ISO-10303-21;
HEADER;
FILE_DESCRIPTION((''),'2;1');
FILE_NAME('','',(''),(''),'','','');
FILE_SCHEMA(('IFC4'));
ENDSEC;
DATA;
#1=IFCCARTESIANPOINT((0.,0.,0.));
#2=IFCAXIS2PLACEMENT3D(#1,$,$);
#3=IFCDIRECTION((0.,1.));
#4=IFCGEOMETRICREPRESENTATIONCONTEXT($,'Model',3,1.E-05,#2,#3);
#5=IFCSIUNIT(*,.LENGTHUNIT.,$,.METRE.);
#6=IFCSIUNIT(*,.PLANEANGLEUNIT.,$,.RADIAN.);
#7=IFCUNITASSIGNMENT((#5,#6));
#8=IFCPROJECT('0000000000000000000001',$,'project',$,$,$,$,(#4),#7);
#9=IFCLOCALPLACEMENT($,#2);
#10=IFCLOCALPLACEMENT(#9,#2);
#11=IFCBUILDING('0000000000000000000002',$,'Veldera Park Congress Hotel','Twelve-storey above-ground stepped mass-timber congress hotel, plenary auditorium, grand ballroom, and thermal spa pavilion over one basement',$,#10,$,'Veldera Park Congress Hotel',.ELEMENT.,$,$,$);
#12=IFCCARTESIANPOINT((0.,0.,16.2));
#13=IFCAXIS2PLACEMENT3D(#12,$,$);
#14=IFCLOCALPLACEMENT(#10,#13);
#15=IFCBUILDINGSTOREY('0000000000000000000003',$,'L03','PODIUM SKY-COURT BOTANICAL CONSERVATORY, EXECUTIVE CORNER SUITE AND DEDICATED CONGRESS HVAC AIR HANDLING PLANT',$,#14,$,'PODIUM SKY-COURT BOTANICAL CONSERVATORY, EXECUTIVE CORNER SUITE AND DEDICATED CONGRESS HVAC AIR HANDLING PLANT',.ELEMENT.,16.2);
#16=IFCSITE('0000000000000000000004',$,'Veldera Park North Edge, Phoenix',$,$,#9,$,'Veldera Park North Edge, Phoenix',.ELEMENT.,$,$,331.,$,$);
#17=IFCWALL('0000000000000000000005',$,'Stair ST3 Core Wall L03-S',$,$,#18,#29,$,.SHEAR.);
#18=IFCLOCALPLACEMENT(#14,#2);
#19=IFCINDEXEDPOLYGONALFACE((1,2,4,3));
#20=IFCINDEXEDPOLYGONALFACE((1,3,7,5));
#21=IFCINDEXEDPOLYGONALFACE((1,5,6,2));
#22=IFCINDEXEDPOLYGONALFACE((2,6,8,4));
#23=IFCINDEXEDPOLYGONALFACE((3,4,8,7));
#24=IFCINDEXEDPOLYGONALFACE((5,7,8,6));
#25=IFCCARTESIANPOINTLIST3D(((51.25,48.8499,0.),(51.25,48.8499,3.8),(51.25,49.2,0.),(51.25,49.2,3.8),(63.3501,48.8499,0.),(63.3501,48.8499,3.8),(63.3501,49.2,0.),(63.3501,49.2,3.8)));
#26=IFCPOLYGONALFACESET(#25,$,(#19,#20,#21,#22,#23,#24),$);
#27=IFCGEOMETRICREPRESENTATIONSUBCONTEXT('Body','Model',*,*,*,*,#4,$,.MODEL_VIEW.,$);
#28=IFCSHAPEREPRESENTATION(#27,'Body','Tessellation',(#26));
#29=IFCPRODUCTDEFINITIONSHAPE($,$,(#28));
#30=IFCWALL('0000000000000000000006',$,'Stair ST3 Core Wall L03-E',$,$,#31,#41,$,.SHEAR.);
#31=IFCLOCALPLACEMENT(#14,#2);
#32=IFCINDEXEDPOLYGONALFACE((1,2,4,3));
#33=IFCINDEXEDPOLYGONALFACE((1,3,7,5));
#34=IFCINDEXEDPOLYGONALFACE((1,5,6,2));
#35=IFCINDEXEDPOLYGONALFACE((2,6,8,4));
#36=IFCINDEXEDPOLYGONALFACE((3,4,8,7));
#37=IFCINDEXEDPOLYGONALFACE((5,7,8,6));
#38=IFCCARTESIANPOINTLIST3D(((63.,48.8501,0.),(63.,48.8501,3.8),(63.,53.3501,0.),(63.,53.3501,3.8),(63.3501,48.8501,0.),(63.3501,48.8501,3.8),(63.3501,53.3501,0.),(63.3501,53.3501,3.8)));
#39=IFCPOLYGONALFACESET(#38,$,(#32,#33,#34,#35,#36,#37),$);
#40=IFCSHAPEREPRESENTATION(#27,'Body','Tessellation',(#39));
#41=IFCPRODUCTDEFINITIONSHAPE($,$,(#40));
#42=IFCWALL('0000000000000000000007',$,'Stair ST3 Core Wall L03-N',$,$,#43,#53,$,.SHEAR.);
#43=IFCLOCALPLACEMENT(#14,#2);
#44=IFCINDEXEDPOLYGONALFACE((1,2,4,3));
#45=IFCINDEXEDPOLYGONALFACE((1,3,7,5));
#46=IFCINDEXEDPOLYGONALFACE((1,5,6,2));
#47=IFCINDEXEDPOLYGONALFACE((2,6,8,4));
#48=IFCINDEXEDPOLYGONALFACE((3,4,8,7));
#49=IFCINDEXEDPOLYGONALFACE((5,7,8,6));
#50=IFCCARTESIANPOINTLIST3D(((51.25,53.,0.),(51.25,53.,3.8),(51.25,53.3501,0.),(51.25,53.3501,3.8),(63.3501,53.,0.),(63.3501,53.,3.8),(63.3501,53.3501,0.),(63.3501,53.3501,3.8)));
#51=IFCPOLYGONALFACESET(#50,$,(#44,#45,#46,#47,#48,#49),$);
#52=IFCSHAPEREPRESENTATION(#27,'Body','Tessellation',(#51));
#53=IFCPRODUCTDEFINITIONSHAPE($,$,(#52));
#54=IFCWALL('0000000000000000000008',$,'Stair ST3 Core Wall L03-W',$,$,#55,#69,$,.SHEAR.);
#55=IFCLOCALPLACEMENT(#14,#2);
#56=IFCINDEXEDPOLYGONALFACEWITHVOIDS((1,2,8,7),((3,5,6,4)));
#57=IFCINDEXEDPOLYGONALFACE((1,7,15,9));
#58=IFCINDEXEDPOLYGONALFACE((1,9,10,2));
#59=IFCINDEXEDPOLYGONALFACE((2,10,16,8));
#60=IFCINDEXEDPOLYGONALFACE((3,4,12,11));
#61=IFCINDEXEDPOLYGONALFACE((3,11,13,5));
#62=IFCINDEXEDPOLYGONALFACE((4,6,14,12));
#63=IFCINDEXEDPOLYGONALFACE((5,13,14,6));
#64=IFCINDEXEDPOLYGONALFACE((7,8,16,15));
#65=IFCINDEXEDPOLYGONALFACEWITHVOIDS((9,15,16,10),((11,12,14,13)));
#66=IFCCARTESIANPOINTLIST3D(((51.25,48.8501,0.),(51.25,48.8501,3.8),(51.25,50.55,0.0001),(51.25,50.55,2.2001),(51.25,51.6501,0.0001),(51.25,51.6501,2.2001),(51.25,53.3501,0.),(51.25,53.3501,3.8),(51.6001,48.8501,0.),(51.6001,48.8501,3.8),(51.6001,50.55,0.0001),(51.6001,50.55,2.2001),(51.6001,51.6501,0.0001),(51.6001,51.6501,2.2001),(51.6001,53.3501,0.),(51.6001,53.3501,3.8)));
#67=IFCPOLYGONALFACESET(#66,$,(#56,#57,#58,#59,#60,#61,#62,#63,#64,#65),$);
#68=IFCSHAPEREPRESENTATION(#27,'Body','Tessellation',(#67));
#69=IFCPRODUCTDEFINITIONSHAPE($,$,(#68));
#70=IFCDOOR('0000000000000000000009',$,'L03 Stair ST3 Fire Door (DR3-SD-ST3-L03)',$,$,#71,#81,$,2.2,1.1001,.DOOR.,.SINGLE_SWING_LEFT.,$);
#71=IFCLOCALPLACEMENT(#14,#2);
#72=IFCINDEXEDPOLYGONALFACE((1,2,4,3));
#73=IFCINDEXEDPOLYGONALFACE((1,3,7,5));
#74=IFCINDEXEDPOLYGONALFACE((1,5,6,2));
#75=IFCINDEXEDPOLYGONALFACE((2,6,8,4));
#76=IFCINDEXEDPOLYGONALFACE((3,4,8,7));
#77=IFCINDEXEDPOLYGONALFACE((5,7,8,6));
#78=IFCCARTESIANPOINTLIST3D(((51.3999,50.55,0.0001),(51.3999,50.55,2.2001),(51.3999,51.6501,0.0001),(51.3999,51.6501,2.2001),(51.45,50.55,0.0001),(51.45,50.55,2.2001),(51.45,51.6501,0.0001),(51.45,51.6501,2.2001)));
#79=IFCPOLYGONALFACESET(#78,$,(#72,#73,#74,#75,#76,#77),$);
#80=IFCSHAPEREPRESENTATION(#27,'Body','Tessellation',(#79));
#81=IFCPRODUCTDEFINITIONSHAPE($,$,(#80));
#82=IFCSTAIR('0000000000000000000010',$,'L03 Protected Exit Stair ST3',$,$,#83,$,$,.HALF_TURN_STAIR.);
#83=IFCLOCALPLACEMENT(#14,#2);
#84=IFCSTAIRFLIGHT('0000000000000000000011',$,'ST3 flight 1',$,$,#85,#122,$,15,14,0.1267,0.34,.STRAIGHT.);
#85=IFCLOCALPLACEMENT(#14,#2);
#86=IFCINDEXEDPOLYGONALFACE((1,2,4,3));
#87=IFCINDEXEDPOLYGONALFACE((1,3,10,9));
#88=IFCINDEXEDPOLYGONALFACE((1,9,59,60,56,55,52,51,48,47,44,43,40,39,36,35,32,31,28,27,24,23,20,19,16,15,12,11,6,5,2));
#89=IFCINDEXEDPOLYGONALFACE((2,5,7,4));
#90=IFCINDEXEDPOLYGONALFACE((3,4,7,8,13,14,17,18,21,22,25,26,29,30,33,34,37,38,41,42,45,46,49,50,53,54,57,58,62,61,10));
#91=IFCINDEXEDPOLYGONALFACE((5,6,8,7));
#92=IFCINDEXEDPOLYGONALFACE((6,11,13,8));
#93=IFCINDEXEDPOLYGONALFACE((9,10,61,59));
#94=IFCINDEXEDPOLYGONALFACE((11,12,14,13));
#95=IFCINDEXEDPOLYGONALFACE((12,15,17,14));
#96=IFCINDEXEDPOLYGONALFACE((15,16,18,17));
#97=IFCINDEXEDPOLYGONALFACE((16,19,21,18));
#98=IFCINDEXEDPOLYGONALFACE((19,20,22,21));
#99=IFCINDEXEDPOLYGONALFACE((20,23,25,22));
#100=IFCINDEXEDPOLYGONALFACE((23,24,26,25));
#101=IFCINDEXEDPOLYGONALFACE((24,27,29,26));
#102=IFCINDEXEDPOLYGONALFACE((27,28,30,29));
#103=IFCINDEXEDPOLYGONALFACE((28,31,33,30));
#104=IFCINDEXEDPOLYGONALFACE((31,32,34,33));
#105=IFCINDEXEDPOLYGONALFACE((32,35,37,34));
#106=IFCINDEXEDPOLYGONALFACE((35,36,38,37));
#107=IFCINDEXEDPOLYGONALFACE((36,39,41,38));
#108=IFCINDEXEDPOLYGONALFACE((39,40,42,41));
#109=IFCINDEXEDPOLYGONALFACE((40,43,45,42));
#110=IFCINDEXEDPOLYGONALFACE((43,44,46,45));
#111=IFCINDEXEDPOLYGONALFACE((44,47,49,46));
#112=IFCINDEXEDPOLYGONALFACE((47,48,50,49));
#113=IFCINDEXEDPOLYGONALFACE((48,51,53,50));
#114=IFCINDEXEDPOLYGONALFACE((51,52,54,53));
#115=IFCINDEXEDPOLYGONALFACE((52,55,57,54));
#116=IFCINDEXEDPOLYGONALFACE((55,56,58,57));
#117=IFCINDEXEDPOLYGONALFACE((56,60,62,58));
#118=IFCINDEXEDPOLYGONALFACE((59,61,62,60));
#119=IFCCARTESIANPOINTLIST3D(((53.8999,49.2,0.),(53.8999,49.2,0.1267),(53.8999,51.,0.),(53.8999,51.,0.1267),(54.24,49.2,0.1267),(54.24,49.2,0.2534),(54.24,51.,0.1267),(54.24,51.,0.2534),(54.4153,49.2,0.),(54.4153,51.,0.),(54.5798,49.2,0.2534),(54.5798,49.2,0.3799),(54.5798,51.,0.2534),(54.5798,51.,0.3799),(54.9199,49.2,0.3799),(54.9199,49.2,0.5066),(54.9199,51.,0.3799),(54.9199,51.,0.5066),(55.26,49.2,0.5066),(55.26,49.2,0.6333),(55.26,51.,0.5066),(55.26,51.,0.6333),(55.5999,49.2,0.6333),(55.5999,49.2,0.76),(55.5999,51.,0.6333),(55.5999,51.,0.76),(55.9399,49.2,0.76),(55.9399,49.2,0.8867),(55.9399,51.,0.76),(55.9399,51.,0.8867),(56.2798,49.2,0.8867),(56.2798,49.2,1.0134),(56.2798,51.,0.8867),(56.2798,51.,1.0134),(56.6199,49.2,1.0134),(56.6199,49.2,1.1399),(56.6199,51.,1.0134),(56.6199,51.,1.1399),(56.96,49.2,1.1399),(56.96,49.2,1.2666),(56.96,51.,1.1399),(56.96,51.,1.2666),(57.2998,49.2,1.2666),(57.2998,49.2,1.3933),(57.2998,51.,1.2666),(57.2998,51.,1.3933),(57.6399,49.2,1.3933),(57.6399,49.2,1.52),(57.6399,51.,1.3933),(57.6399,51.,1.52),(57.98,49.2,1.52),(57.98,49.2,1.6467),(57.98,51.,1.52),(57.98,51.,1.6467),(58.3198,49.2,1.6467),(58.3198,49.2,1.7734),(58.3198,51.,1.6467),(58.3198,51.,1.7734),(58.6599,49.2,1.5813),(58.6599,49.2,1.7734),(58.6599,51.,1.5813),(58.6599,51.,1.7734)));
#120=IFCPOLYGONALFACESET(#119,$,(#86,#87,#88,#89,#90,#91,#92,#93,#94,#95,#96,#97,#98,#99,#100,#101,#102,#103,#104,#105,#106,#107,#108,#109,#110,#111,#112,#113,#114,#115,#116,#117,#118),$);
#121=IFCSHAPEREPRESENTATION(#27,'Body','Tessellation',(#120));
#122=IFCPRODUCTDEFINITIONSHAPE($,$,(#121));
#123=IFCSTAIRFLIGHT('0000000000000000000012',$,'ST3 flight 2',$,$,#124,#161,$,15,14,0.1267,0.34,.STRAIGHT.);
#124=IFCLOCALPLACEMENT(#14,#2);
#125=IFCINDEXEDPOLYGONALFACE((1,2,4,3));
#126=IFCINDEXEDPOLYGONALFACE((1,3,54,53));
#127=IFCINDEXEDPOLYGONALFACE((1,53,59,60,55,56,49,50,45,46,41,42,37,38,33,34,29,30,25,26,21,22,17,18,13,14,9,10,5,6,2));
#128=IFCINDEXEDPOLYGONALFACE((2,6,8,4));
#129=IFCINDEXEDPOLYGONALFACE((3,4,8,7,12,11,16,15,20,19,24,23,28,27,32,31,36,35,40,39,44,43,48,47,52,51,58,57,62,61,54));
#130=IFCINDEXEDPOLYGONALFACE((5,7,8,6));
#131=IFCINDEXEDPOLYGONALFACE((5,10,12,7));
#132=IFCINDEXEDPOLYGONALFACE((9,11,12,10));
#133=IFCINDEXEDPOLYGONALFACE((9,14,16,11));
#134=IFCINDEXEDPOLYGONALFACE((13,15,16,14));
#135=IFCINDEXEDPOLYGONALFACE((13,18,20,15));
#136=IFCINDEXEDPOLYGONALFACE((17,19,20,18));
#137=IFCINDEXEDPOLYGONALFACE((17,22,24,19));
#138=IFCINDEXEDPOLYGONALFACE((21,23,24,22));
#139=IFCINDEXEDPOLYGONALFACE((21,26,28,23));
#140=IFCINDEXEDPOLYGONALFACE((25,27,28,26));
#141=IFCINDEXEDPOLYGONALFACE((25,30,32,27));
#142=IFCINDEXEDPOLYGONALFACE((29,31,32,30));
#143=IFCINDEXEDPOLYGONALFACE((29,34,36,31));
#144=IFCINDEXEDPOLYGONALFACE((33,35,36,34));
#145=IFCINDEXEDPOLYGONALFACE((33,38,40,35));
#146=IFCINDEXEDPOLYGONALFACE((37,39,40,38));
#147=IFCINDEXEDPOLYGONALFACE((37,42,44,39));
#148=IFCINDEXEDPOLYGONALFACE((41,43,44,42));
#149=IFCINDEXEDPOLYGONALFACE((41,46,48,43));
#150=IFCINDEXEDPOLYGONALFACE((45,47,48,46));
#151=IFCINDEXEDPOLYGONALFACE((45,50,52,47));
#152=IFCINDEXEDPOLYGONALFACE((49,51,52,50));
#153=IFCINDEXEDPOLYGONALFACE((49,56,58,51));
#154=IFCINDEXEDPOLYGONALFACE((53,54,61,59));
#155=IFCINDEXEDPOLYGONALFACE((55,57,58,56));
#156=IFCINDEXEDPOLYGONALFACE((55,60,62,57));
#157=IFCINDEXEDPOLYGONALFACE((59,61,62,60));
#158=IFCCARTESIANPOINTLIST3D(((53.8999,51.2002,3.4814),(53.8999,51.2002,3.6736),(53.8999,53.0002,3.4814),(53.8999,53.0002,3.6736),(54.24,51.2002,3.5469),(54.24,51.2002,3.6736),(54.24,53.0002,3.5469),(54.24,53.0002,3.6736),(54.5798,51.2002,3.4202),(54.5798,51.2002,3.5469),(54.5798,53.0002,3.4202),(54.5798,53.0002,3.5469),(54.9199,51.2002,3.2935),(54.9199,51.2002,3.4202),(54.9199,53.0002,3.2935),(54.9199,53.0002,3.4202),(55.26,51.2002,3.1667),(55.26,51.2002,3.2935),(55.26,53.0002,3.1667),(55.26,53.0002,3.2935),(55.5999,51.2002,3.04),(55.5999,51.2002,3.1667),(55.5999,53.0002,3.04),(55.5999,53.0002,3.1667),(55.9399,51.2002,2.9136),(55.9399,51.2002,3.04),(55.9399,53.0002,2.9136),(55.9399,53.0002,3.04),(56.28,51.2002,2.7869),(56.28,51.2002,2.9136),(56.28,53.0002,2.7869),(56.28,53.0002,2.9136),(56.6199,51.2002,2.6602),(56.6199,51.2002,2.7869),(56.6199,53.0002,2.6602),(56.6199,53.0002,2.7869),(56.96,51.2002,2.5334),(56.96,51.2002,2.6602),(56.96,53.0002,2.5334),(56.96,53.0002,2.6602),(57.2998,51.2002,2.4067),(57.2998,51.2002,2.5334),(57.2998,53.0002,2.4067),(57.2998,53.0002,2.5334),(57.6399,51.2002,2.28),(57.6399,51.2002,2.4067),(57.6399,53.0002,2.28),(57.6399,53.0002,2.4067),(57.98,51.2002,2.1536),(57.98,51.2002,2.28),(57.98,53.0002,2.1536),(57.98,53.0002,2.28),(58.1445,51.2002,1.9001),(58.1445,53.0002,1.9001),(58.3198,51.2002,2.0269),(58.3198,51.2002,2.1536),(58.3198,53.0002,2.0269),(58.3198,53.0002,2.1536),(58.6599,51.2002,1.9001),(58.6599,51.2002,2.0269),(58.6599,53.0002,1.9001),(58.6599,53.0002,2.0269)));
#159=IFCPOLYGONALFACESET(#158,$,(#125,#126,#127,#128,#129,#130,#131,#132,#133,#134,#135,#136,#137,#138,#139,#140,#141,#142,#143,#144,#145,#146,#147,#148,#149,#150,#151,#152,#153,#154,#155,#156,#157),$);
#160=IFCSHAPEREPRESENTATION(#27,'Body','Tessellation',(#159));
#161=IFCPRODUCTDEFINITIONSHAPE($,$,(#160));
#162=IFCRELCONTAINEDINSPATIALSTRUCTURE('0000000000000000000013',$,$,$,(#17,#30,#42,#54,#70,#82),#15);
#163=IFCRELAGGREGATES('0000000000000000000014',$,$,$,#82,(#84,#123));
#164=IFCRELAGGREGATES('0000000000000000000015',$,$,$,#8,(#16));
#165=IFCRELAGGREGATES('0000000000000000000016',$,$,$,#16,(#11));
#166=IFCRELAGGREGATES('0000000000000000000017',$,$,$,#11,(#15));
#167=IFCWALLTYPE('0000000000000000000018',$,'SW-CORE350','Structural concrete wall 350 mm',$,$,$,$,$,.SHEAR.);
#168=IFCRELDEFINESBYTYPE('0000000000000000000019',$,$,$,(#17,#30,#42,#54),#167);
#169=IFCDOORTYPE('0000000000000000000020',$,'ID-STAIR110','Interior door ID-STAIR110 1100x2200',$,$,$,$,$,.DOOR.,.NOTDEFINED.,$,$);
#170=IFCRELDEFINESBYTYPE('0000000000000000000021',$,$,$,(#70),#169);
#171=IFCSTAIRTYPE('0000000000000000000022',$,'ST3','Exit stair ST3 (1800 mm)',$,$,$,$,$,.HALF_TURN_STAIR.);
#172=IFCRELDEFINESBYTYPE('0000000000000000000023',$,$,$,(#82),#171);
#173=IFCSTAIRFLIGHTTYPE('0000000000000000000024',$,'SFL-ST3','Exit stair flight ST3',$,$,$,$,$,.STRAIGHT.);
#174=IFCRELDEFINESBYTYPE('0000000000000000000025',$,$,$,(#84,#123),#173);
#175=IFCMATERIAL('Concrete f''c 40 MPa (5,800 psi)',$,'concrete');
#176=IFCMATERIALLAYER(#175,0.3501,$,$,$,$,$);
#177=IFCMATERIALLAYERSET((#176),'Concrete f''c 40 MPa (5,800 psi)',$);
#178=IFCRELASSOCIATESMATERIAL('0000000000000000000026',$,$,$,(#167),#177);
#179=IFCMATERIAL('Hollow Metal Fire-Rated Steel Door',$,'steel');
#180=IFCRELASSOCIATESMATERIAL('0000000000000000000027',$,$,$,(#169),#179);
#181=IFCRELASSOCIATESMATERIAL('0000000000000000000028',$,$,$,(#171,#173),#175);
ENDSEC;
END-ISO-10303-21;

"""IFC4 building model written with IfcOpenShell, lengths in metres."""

from ifc_helpers import new_model, si_unit, direction, frame, frame_2d, origin, place, context, subcontext, project, spatial, polyline, rectangle, outline, extrude, material, layer, layer_set, type_object, element, fill, aggregate, save


model = new_model("IFC4")

# Units and contexts
model_context = context("Model", 3, precision=1e-05, world=origin(), true_north=direction((0.0, 1.0)))
body_context = subcontext(model_context, "Body", "Model", "MODEL_VIEW")
ifc_project = project(units=[si_unit("LENGTHUNIT", "METRE"), si_unit("PLANEANGLEUNIT", "RADIAN")], contexts=[model_context])

# Site, building, storey
site_placement = place(None, origin())
site = spatial("IfcSite", under=ifc_project, at=site_placement, Name="Veldera Park North Edge, Phoenix", LongName="Veldera Park North Edge, Phoenix", CompositionType="ELEMENT", RefElevation=331.0)
building_placement = place(site_placement, origin())
building = spatial("IfcBuilding", under=site, at=building_placement, Name="Veldera Park Congress Hotel", Description="Twelve-storey above-ground stepped mass-timber congress hotel, plenary auditorium, grand ballroom, and thermal spa pavilion over one basement", LongName="Veldera Park Congress Hotel", CompositionType="ELEMENT")
storey_placement = place(building_placement, frame((0.0, 0.0, 16.2)))
storey = spatial("IfcBuildingStorey", under=building, at=storey_placement, Name="L03", Description="PODIUM SKY-COURT BOTANICAL CONSERVATORY, EXECUTIVE CORNER SUITE AND DEDICATED CONGRESS HVAC AIR HANDLING PLANT", LongName="PODIUM SKY-COURT BOTANICAL CONSERVATORY, EXECUTIVE CORNER SUITE AND DEDICATED CONGRESS HVAC AIR HANDLING PLANT", CompositionType="ELEMENT", Elevation=16.2)

# Walls
ifc_material_1 = material(Name="Concrete f'c 40 MPa (5,800 psi)", Category="concrete")
ifc_layer_1 = layer(ifc_material_1, 0.3501)
ifc_layer_set_1 = layer_set([ifc_layer_1], Name="Concrete f'c 40 MPa (5,800 psi)")
wall_type_1 = type_object("IfcWallType", Name="SW-CORE350", Description="Structural concrete wall 350 mm", PredefinedType="SHEAR", material=ifc_layer_set_1)
wall_1_placement = place(storey_placement, frame((51.25, 49.0249, 0.0), z_axis=(0.0, 0.0, 1.0), x_axis=(1.0, 0.0, 0.0)))
element("IfcWall", 1, at=wall_1_placement, inside=storey, type_object=wall_type_1, Name="Stair ST3 Core Wall L03-S", PredefinedType="SHEAR", context=body_context, shape_type="SweptSolid", body=[
    extrude(rectangle(XDim=12.1001, YDim=0.3501, at=frame_2d((6.05, 0.0))), origin(), (0.0, 0.0, 1.0), 3.8),
])
wall_2_placement = place(storey_placement, frame((63.175, 48.8501, 0.0), z_axis=(0.0, 0.0, 1.0), x_axis=(0.0, 1.0, 0.0)))
element("IfcWall", 2, at=wall_2_placement, inside=storey, type_object=wall_type_1, Name="Stair ST3 Core Wall L03-E", PredefinedType="SHEAR", context=body_context, shape_type="SweptSolid", body=[
    extrude(rectangle(XDim=4.5, YDim=0.3501, at=frame_2d((2.25, 0.0))), origin(), (0.0, 0.0, 1.0), 3.8),
])
wall_3_placement = place(storey_placement, frame((63.3501, 53.175, 0.0), z_axis=(0.0, 0.0, 1.0), x_axis=(-1.0, 0.0, 0.0)))
element("IfcWall", 3, at=wall_3_placement, inside=storey, type_object=wall_type_1, Name="Stair ST3 Core Wall L03-N", PredefinedType="SHEAR", context=body_context, shape_type="SweptSolid", body=[
    extrude(rectangle(XDim=12.1001, YDim=0.3501, at=frame_2d((6.05, 0.0))), origin(), (0.0, 0.0, 1.0), 3.8),
])

# Wall, opening, door
wall_4_placement = place(storey_placement, frame((51.425, 53.3501, 0.0), z_axis=(0.0, 0.0, 1.0), x_axis=(0.0, -1.0, 0.0)))
wall_4 = element("IfcWall", 4, at=wall_4_placement, inside=storey, type_object=wall_type_1, Name="Stair ST3 Core Wall L03-W", PredefinedType="SHEAR", context=body_context, shape_type="SweptSolid", body=[
    extrude(rectangle(XDim=4.5, YDim=0.3501, at=frame_2d((2.25, 0.0))), origin(), (0.0, 0.0, 1.0), 3.8),
])
opening_1_placement = place(wall_4_placement, frame((1.7, 0.0, 0.0)))
opening_1 = element("IfcOpeningElement", 5, at=opening_1_placement, cuts=wall_4, PredefinedType="OPENING", context=body_context, shape_type="SweptSolid", body=[
    extrude(rectangle(XDim=1.1001, YDim=2.2, at=frame_2d((0.55, 1.1001))), frame((0.0, 0.187, 0.0), z_axis=(0.0, -1.0, 0.0), x_axis=(1.0, 0.0, 0.0)), (0.0, 0.0, 1.0), 0.374),
])
ifc_material_2 = material(Name="Hollow Metal Fire-Rated Steel Door", Category="steel")
door_type = type_object("IfcDoorType", Name="ID-STAIR110", Description="Interior door ID-STAIR110 1100x2200", OperationType="NOTDEFINED", PredefinedType="DOOR", material=ifc_material_2)
door_placement = place(opening_1_placement, origin())
door = element("IfcDoor", 6, at=door_placement, inside=storey, type_object=door_type, Name="L03 Stair ST3 Fire Door (DR3-SD-ST3-L03)", OperationType="SINGLE_SWING_LEFT", OverallHeight=2.2, OverallWidth=1.1001, PredefinedType="DOOR", context=body_context, shape_type="SweptSolid", body=[
    extrude(rectangle(XDim=1.1001, YDim=2.2, at=frame_2d((0.55, 1.1001))), frame((0.0, 0.0249, 0.0), z_axis=(0.0, -1.0, 0.0), x_axis=(1.0, 0.0, 0.0)), (0.0, 0.0, 1.0), 0.05),
])
fill(opening_1, door)

# Stair, stair flights
stair_type = type_object("IfcStairType", Name="ST3", Description="Exit stair ST3 (1800 mm)", PredefinedType="HALF_TURN_STAIR", material=ifc_material_1)
stair_placement = place(storey_placement, origin())
stair = element("IfcStair", 7, at=stair_placement, inside=storey, type_object=stair_type, Name="L03 Protected Exit Stair ST3", PredefinedType="HALF_TURN_STAIR")
stair_flight_type = type_object("IfcStairFlightType", Name="SFL-ST3", Description="Exit stair flight ST3", PredefinedType="STRAIGHT", material=ifc_material_1)
stair_flight_1_placement = place(storey_placement, frame((53.8999, 50.1001, 0.0), z_axis=(0.0, 0.0, 1.0), x_axis=(1.0, 0.0, 0.0)))
stair_flight_1 = element("IfcStairFlight", 8, at=stair_flight_1_placement, type_object=stair_flight_type, Name="ST3 flight 1", NumberOfRisers=15, NumberOfTreads=14, PredefinedType="STRAIGHT", RiserHeight=0.1267, TreadLength=0.34, context=body_context, shape_type="SweptSolid", body=[
    extrude(outline(polyline([(0.0, 0.0), (0.0, 0.1267), (0.3401, 0.1267), (0.3401, 0.2534), (0.6799, 0.2534), (0.6799, 0.3799), (1.02, 0.3799), (1.02, 0.5066), (1.3601, 0.5066), (1.3601, 0.6333), (1.7, 0.6333), (1.7, 0.76), (2.04, 0.76), (2.04, 0.8867), (2.3799, 0.8867), (2.3799, 1.0134), (2.72, 1.0134), (2.72, 1.1399), (3.0601, 1.1399), (3.0601, 1.2666), (3.3999, 1.2666), (3.3999, 1.3933), (3.74, 1.3933), (3.74, 1.52), (4.0801, 1.52), (4.0801, 1.6467), (4.4199, 1.6467), (4.4199, 1.7734), (4.76, 1.7734), (4.76, 1.8999), (4.76, 1.8999), (4.76, 1.5813), (0.5154, 0.0), (0.0, 0.0)])), frame((0.0, 0.8999, 0.0), z_axis=(0.0, -1.0, 0.0), x_axis=(1.0, 0.0, 0.0)), (0.0, 0.0, 1.0), 1.8),
])
stair_flight_2_placement = place(storey_placement, frame((58.6599, 52.1001, 1.9001), z_axis=(0.0, 0.0, 1.0), x_axis=(-1.0, 0.0, 0.0)))
stair_flight_2 = element("IfcStairFlight", 9, at=stair_flight_2_placement, type_object=stair_flight_type, Name="ST3 flight 2", NumberOfRisers=15, NumberOfTreads=14, PredefinedType="STRAIGHT", RiserHeight=0.1267, TreadLength=0.34, context=body_context, shape_type="SweptSolid", body=[
    extrude(outline(polyline([(0.0, 0.0), (0.0, 0.1267), (0.3401, 0.1267), (0.3401, 0.2534), (0.6799, 0.2534), (0.6799, 0.3799), (1.02, 0.3799), (1.02, 0.5066), (1.3601, 0.5066), (1.3601, 0.6333), (1.7, 0.6333), (1.7, 0.76), (2.04, 0.76), (2.04, 0.8867), (2.3799, 0.8867), (2.3799, 1.0134), (2.72, 1.0134), (2.72, 1.1399), (3.0601, 1.1399), (3.0601, 1.2666), (3.3999, 1.2666), (3.3999, 1.3933), (3.74, 1.3933), (3.74, 1.52), (4.0801, 1.52), (4.0801, 1.6467), (4.4199, 1.6467), (4.4199, 1.7734), (4.76, 1.7734), (4.76, 1.8999), (4.76, 1.8999), (4.76, 1.5813), (0.5154, 0.0), (0.0, 0.0)])), frame((0.0, 0.8999, 0.0), z_axis=(0.0, -1.0, 0.0), x_axis=(1.0, 0.0, 0.0)), (0.0, 0.0, 1.0), 1.8),
])
aggregate(stair, [stair_flight_1, stair_flight_2])

save(model, "model.ifc")
